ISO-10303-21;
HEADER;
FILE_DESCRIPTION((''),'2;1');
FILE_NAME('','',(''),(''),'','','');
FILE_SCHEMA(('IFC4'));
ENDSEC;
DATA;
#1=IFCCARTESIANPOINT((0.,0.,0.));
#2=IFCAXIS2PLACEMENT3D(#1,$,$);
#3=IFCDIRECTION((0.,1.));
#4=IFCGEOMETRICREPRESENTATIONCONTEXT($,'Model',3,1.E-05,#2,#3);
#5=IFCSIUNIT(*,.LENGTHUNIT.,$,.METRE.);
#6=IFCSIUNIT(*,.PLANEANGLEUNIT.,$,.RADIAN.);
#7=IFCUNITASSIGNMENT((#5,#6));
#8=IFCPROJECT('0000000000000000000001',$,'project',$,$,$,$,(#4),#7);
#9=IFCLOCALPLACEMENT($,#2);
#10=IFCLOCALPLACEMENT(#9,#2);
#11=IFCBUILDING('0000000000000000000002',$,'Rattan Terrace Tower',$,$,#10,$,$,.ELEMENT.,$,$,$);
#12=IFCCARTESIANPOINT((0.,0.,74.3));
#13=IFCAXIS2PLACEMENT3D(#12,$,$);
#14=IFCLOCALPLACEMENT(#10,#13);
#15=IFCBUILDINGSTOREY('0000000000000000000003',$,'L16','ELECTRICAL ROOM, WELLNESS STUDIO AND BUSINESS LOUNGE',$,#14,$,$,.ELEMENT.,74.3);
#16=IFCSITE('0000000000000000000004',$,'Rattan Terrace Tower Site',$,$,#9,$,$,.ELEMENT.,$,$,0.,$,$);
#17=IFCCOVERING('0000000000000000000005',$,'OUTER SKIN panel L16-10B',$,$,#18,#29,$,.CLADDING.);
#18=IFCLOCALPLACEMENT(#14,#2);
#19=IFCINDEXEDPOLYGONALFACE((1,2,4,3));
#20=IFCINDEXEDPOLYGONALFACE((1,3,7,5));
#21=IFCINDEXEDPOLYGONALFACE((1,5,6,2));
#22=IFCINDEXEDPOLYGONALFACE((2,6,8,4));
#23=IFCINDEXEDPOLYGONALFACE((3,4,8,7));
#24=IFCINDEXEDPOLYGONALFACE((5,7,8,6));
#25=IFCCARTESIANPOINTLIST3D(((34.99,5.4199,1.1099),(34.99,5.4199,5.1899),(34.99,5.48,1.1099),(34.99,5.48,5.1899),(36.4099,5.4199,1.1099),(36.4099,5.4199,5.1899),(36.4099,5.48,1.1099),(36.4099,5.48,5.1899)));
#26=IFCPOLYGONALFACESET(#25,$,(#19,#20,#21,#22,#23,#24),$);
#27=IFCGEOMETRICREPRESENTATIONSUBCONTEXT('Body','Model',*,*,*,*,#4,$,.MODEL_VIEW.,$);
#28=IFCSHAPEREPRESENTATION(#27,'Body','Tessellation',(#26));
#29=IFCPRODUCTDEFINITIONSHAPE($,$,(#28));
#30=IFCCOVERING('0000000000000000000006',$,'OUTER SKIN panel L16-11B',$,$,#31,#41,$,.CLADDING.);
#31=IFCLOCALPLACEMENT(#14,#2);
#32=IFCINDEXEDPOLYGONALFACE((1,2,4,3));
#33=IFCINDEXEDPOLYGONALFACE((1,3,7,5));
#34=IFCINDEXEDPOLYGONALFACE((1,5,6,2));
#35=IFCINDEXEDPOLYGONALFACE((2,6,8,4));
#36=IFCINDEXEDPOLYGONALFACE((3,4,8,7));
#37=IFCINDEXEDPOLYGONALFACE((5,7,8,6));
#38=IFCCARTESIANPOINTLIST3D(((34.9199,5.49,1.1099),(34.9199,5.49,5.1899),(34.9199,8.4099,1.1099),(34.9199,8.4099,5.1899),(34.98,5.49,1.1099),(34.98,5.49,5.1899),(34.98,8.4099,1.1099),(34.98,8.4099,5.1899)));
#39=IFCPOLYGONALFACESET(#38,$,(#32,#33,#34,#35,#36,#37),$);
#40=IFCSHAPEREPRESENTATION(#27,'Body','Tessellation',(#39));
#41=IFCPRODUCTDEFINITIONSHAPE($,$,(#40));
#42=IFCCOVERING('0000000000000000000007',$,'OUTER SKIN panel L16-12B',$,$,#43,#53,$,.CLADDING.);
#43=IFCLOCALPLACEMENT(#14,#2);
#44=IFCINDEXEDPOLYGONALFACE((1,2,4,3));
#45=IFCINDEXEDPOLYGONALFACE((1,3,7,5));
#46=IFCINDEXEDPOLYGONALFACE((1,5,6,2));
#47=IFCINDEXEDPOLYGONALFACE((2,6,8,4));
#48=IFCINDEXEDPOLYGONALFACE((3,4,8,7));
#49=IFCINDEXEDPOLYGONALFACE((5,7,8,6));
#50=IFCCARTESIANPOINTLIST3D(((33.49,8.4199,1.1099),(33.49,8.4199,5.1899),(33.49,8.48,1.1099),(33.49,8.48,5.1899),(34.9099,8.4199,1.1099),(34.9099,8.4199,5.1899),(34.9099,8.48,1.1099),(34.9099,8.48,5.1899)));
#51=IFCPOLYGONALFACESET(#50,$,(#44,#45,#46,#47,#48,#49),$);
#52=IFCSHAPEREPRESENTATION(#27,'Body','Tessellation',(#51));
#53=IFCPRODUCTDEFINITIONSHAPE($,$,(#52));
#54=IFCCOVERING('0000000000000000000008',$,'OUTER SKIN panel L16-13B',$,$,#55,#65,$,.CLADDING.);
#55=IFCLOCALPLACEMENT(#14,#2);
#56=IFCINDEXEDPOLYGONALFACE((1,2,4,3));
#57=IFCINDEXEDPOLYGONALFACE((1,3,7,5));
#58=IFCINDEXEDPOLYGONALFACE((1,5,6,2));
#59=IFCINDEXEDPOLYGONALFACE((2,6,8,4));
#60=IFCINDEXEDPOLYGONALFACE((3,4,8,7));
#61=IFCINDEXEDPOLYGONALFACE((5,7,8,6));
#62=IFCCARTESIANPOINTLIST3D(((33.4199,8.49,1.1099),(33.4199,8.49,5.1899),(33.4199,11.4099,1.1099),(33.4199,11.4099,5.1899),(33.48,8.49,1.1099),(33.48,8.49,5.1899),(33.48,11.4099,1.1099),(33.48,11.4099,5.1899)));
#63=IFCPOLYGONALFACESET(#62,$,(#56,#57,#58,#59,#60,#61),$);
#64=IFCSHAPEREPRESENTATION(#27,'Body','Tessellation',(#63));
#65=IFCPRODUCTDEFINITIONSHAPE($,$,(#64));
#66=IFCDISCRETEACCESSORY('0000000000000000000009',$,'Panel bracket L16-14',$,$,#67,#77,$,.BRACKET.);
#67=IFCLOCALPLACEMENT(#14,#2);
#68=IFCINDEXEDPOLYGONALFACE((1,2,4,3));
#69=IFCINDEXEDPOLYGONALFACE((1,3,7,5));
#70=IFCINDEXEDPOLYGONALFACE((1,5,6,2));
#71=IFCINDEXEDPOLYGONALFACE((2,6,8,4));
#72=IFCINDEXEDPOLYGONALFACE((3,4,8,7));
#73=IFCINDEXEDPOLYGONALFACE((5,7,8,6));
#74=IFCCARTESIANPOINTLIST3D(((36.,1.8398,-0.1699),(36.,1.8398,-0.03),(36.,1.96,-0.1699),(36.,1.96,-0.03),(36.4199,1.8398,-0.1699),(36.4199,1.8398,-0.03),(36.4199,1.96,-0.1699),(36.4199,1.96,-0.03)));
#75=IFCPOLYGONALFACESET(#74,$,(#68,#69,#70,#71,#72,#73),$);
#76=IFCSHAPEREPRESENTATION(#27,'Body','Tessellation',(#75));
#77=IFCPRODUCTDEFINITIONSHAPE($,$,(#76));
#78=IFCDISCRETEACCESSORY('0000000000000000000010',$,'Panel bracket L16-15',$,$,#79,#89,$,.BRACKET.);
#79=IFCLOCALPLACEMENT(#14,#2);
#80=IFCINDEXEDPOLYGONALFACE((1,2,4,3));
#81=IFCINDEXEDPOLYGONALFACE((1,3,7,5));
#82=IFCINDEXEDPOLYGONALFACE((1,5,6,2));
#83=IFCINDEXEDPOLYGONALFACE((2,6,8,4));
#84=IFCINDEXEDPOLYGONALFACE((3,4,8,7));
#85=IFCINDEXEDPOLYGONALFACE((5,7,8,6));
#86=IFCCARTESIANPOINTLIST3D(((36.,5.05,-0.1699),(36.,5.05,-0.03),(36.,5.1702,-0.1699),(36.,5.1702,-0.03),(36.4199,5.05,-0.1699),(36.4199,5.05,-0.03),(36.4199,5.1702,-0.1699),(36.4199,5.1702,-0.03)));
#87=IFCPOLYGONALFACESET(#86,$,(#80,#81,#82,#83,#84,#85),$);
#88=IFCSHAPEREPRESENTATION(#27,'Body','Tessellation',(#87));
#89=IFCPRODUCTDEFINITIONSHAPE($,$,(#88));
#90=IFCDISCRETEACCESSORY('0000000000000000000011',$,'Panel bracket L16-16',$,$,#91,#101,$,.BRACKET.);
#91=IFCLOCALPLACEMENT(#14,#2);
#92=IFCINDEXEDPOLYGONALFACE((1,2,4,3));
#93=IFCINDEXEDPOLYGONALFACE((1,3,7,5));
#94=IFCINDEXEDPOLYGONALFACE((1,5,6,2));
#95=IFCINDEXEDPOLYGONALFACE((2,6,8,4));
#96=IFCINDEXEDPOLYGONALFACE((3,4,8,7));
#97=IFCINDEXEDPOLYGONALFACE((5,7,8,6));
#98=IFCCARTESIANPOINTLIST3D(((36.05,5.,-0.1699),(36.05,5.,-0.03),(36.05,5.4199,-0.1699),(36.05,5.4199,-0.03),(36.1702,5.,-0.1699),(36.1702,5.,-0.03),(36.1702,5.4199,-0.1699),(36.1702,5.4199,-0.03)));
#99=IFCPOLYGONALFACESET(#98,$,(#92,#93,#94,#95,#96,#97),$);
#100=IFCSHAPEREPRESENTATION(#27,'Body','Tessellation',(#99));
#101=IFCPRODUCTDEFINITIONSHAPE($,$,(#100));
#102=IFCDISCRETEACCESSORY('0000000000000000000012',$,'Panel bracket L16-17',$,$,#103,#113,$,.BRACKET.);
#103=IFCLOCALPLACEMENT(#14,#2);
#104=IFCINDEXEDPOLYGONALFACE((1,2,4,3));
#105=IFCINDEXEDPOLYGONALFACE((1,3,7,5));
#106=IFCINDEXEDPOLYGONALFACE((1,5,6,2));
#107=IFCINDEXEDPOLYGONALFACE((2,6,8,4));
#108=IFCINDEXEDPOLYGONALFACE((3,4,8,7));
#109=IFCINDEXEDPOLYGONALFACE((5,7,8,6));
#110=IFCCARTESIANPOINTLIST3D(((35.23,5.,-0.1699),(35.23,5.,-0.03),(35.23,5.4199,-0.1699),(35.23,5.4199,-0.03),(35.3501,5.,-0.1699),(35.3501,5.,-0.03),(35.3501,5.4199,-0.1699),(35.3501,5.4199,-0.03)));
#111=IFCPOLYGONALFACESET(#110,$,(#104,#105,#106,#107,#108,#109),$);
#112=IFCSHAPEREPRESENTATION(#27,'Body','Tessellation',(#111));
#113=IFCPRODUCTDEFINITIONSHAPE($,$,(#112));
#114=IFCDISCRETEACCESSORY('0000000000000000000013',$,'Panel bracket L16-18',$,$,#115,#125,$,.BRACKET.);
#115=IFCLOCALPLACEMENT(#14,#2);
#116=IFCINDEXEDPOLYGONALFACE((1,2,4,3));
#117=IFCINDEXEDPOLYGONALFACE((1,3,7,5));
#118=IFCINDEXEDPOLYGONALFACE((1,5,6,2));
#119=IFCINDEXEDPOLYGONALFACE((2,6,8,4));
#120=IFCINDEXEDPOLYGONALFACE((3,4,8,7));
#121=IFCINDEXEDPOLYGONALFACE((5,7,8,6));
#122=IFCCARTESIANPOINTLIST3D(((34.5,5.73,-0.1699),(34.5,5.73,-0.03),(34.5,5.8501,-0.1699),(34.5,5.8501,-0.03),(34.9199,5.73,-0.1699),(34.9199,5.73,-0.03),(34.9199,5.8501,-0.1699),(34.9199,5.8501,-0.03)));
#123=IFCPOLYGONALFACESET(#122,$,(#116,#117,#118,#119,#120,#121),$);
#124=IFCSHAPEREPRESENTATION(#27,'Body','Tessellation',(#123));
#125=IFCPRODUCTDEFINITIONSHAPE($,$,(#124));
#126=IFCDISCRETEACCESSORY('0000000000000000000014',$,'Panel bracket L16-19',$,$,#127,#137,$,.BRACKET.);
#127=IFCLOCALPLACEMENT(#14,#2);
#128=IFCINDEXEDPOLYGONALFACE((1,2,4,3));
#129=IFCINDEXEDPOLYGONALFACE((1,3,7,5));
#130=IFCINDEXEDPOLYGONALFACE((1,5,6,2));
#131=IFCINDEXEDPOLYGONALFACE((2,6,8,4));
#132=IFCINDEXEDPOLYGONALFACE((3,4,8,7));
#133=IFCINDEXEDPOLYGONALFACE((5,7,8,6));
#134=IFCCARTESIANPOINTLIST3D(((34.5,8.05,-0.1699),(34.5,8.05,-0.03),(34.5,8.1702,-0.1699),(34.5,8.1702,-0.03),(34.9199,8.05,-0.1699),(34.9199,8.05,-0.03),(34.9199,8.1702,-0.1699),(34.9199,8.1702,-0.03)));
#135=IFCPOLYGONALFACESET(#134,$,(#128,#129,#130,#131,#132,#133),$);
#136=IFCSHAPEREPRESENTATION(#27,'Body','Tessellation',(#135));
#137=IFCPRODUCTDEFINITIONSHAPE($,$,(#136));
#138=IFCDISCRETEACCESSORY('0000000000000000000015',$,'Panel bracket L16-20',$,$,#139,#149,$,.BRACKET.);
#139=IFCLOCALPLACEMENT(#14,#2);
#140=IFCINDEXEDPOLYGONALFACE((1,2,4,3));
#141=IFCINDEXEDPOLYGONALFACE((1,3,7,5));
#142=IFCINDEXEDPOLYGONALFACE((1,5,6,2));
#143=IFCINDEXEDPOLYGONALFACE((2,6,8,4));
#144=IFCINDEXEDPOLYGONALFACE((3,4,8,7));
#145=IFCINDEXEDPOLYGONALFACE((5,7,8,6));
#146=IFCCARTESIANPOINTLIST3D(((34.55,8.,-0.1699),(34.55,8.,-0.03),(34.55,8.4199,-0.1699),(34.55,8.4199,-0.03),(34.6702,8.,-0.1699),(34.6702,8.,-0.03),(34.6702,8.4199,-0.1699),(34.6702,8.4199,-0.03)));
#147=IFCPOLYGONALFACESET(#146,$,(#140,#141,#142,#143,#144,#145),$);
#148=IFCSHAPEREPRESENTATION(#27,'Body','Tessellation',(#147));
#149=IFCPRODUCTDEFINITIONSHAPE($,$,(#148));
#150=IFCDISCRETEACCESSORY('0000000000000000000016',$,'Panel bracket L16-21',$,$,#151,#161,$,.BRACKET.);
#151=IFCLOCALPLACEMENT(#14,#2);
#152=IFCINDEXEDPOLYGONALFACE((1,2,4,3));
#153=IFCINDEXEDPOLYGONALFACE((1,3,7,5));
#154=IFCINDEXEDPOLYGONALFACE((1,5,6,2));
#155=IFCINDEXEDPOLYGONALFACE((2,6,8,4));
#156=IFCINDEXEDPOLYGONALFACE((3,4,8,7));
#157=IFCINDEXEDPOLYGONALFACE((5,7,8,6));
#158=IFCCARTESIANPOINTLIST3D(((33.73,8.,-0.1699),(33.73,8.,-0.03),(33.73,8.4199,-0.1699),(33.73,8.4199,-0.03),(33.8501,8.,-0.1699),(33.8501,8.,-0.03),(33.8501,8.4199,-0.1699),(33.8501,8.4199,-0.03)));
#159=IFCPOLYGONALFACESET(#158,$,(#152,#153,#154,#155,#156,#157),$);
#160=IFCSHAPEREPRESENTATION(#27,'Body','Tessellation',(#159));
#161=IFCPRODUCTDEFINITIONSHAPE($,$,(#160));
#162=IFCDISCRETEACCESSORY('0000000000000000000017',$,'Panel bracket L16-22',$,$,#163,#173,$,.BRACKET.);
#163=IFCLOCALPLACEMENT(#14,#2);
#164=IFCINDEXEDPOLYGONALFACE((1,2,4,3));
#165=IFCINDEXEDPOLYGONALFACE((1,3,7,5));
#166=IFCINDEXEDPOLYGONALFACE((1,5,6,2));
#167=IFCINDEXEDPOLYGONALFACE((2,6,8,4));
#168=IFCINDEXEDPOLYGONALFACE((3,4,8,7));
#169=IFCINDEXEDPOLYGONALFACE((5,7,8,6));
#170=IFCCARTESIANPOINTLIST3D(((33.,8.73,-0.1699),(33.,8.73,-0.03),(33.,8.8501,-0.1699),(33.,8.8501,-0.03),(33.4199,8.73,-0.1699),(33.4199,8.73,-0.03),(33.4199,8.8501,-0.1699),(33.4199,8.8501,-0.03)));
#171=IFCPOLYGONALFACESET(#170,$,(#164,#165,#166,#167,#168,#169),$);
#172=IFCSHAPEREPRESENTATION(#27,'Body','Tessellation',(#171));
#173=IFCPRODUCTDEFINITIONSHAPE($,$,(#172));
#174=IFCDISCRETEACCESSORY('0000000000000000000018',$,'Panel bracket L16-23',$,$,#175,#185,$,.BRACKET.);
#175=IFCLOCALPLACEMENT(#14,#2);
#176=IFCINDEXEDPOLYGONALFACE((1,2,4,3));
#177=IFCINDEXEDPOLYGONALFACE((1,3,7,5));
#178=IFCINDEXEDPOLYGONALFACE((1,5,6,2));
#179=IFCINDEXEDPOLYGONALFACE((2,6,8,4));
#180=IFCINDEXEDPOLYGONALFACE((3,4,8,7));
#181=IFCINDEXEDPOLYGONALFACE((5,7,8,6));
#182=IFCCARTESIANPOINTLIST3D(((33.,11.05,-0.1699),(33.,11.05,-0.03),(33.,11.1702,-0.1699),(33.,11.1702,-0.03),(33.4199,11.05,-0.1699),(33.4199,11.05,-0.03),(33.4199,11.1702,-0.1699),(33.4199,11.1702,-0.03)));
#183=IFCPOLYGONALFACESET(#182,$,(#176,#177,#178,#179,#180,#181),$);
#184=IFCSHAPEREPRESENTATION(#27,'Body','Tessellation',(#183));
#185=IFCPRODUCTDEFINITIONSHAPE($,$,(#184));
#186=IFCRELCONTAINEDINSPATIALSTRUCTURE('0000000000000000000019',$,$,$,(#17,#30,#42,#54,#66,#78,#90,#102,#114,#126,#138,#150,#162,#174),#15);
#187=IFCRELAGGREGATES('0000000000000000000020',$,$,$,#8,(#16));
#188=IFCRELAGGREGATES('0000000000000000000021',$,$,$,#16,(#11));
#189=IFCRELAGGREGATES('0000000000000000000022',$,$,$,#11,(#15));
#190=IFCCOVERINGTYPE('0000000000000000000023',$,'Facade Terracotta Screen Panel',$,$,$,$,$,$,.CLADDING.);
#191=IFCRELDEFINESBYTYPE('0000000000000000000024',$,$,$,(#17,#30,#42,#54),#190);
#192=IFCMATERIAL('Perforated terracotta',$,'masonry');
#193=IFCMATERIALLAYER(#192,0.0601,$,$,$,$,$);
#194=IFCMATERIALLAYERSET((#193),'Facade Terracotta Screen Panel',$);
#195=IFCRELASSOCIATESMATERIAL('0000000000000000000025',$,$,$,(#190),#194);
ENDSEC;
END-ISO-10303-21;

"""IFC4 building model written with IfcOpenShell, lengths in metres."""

from ifc_helpers import new_model, si_unit, direction, frame, origin, origin_2d, place, context, subcontext, project, spatial, rectangle, extrude, material, layer, layer_set, type_object, element, save


model = new_model("IFC4")

# Units and contexts
model_context = context("Model", 3, precision=1e-05, world=origin(), true_north=direction((0.0, 1.0)))
body_context = subcontext(model_context, "Body", "Model", "MODEL_VIEW")
ifc_project = project(units=[si_unit("LENGTHUNIT", "METRE"), si_unit("PLANEANGLEUNIT", "RADIAN")], contexts=[model_context])

# Site, building, storey
site_placement = place(None, origin())
site = spatial("IfcSite", under=ifc_project, at=site_placement, Name="Rattan Terrace Tower Site", CompositionType="ELEMENT", RefElevation=0.0)
building_placement = place(site_placement, origin())
building = spatial("IfcBuilding", under=site, at=building_placement, Name="Rattan Terrace Tower", CompositionType="ELEMENT")
storey_placement = place(building_placement, frame((0.0, 0.0, 74.3)))
storey = spatial("IfcBuildingStorey", under=building, at=storey_placement, Name="L16", Description="ELECTRICAL ROOM, WELLNESS STUDIO AND BUSINESS LOUNGE", CompositionType="ELEMENT", Elevation=74.3)

# Coverings
ifc_material_1 = material(Name="Perforated terracotta", Category="masonry")
ifc_layer_1 = layer(ifc_material_1, 0.0601)
ifc_layer_set_1 = layer_set([ifc_layer_1], Name="Facade Terracotta Screen Panel")
covering_type_1 = type_object("IfcCoveringType", Name="Facade Terracotta Screen Panel", PredefinedType="CLADDING", material=ifc_layer_set_1)
covering_1_placement = place(storey_placement, frame((35.7, 5.45, 1.1099), z_axis=(0.0, 0.0, 1.0), x_axis=(-1.0, 0.0, 0.0)))
element("IfcCovering", 1, at=covering_1_placement, inside=storey, type_object=covering_type_1, Name="OUTER SKIN panel L16-10B", PredefinedType="CLADDING", context=body_context, shape_type="SweptSolid", body=[
    extrude(rectangle(XDim=1.4199, YDim=0.0601, at=origin_2d()), origin(), (0.0, 0.0, 1.0), 4.0801),
])
covering_2_placement = place(storey_placement, frame((34.95, 6.95, 1.1099), z_axis=(0.0, 0.0, 1.0), x_axis=(0.0, 1.0, 0.0)))
element("IfcCovering", 2, at=covering_2_placement, inside=storey, type_object=covering_type_1, Name="OUTER SKIN panel L16-11B", PredefinedType="CLADDING", context=body_context, shape_type="SweptSolid", body=[
    extrude(rectangle(XDim=2.9199, YDim=0.0601, at=origin_2d()), origin(), (0.0, 0.0, 1.0), 4.0801),
])
covering_3_placement = place(storey_placement, frame((34.2, 8.45, 1.1099), z_axis=(0.0, 0.0, 1.0), x_axis=(-1.0, 0.0, 0.0)))
element("IfcCovering", 3, at=covering_3_placement, inside=storey, type_object=covering_type_1, Name="OUTER SKIN panel L16-12B", PredefinedType="CLADDING", context=body_context, shape_type="SweptSolid", body=[
    extrude(rectangle(XDim=1.4199, YDim=0.0601, at=origin_2d()), origin(), (0.0, 0.0, 1.0), 4.0801),
])
covering_4_placement = place(storey_placement, frame((33.45, 9.95, 1.1099), z_axis=(0.0, 0.0, 1.0), x_axis=(0.0, 1.0, 0.0)))
element("IfcCovering", 4, at=covering_4_placement, inside=storey, type_object=covering_type_1, Name="OUTER SKIN panel L16-13B", PredefinedType="CLADDING", context=body_context, shape_type="SweptSolid", body=[
    extrude(rectangle(XDim=2.9199, YDim=0.0601, at=origin_2d()), origin(), (0.0, 0.0, 1.0), 4.0801),
])

# Discrete accessories
for number, where, z_axis, x_axis, name in (
    (5, (36.21, 1.8999, -0.1699), (0.0, 0.0, 1.0), (0.0, 1.0, 0.0), "Panel bracket L16-14"),
    (6, (36.21, 5.1101, -0.1699), (0.0, 0.0, 1.0), (0.0, 1.0, 0.0), "Panel bracket L16-15"),
    (7, (36.1101, 5.21, -0.1699), (0.0, 0.0, 1.0), (-1.0, 0.0, 0.0), "Panel bracket L16-16"),
    (8, (35.29, 5.21, -0.1699), (0.0, 0.0, 1.0), (-1.0, 0.0, 0.0), "Panel bracket L16-17"),
    (9, (34.71, 5.79, -0.1699), (0.0, 0.0, 1.0), (0.0, 1.0, 0.0), "Panel bracket L16-18"),
    (10, (34.71, 8.1101, -0.1699), (0.0, 0.0, 1.0), (0.0, 1.0, 0.0), "Panel bracket L16-19"),
    (11, (34.6101, 8.21, -0.1699), (0.0, 0.0, 1.0), (-1.0, 0.0, 0.0), "Panel bracket L16-20"),
    (12, (33.79, 8.21, -0.1699), (0.0, 0.0, 1.0), (-1.0, 0.0, 0.0), "Panel bracket L16-21"),
    (13, (33.21, 8.79, -0.1699), (0.0, 0.0, 1.0), (0.0, 1.0, 0.0), "Panel bracket L16-22"),
    (14, (33.21, 11.1101, -0.1699), (0.0, 0.0, 1.0), (0.0, 1.0, 0.0), "Panel bracket L16-23"),
):
    element("IfcDiscreteAccessory", number, at=place(storey_placement, frame(where, z_axis=z_axis, x_axis=x_axis)), inside=storey, Name=name, PredefinedType="BRACKET", context=body_context, shape_type="SweptSolid", body=[
        extrude(rectangle(XDim=0.1201, YDim=0.4199, at=origin_2d()), origin(), (0.0, 0.0, 1.0), 0.1399),
    ])

save(model, "model.ifc")
